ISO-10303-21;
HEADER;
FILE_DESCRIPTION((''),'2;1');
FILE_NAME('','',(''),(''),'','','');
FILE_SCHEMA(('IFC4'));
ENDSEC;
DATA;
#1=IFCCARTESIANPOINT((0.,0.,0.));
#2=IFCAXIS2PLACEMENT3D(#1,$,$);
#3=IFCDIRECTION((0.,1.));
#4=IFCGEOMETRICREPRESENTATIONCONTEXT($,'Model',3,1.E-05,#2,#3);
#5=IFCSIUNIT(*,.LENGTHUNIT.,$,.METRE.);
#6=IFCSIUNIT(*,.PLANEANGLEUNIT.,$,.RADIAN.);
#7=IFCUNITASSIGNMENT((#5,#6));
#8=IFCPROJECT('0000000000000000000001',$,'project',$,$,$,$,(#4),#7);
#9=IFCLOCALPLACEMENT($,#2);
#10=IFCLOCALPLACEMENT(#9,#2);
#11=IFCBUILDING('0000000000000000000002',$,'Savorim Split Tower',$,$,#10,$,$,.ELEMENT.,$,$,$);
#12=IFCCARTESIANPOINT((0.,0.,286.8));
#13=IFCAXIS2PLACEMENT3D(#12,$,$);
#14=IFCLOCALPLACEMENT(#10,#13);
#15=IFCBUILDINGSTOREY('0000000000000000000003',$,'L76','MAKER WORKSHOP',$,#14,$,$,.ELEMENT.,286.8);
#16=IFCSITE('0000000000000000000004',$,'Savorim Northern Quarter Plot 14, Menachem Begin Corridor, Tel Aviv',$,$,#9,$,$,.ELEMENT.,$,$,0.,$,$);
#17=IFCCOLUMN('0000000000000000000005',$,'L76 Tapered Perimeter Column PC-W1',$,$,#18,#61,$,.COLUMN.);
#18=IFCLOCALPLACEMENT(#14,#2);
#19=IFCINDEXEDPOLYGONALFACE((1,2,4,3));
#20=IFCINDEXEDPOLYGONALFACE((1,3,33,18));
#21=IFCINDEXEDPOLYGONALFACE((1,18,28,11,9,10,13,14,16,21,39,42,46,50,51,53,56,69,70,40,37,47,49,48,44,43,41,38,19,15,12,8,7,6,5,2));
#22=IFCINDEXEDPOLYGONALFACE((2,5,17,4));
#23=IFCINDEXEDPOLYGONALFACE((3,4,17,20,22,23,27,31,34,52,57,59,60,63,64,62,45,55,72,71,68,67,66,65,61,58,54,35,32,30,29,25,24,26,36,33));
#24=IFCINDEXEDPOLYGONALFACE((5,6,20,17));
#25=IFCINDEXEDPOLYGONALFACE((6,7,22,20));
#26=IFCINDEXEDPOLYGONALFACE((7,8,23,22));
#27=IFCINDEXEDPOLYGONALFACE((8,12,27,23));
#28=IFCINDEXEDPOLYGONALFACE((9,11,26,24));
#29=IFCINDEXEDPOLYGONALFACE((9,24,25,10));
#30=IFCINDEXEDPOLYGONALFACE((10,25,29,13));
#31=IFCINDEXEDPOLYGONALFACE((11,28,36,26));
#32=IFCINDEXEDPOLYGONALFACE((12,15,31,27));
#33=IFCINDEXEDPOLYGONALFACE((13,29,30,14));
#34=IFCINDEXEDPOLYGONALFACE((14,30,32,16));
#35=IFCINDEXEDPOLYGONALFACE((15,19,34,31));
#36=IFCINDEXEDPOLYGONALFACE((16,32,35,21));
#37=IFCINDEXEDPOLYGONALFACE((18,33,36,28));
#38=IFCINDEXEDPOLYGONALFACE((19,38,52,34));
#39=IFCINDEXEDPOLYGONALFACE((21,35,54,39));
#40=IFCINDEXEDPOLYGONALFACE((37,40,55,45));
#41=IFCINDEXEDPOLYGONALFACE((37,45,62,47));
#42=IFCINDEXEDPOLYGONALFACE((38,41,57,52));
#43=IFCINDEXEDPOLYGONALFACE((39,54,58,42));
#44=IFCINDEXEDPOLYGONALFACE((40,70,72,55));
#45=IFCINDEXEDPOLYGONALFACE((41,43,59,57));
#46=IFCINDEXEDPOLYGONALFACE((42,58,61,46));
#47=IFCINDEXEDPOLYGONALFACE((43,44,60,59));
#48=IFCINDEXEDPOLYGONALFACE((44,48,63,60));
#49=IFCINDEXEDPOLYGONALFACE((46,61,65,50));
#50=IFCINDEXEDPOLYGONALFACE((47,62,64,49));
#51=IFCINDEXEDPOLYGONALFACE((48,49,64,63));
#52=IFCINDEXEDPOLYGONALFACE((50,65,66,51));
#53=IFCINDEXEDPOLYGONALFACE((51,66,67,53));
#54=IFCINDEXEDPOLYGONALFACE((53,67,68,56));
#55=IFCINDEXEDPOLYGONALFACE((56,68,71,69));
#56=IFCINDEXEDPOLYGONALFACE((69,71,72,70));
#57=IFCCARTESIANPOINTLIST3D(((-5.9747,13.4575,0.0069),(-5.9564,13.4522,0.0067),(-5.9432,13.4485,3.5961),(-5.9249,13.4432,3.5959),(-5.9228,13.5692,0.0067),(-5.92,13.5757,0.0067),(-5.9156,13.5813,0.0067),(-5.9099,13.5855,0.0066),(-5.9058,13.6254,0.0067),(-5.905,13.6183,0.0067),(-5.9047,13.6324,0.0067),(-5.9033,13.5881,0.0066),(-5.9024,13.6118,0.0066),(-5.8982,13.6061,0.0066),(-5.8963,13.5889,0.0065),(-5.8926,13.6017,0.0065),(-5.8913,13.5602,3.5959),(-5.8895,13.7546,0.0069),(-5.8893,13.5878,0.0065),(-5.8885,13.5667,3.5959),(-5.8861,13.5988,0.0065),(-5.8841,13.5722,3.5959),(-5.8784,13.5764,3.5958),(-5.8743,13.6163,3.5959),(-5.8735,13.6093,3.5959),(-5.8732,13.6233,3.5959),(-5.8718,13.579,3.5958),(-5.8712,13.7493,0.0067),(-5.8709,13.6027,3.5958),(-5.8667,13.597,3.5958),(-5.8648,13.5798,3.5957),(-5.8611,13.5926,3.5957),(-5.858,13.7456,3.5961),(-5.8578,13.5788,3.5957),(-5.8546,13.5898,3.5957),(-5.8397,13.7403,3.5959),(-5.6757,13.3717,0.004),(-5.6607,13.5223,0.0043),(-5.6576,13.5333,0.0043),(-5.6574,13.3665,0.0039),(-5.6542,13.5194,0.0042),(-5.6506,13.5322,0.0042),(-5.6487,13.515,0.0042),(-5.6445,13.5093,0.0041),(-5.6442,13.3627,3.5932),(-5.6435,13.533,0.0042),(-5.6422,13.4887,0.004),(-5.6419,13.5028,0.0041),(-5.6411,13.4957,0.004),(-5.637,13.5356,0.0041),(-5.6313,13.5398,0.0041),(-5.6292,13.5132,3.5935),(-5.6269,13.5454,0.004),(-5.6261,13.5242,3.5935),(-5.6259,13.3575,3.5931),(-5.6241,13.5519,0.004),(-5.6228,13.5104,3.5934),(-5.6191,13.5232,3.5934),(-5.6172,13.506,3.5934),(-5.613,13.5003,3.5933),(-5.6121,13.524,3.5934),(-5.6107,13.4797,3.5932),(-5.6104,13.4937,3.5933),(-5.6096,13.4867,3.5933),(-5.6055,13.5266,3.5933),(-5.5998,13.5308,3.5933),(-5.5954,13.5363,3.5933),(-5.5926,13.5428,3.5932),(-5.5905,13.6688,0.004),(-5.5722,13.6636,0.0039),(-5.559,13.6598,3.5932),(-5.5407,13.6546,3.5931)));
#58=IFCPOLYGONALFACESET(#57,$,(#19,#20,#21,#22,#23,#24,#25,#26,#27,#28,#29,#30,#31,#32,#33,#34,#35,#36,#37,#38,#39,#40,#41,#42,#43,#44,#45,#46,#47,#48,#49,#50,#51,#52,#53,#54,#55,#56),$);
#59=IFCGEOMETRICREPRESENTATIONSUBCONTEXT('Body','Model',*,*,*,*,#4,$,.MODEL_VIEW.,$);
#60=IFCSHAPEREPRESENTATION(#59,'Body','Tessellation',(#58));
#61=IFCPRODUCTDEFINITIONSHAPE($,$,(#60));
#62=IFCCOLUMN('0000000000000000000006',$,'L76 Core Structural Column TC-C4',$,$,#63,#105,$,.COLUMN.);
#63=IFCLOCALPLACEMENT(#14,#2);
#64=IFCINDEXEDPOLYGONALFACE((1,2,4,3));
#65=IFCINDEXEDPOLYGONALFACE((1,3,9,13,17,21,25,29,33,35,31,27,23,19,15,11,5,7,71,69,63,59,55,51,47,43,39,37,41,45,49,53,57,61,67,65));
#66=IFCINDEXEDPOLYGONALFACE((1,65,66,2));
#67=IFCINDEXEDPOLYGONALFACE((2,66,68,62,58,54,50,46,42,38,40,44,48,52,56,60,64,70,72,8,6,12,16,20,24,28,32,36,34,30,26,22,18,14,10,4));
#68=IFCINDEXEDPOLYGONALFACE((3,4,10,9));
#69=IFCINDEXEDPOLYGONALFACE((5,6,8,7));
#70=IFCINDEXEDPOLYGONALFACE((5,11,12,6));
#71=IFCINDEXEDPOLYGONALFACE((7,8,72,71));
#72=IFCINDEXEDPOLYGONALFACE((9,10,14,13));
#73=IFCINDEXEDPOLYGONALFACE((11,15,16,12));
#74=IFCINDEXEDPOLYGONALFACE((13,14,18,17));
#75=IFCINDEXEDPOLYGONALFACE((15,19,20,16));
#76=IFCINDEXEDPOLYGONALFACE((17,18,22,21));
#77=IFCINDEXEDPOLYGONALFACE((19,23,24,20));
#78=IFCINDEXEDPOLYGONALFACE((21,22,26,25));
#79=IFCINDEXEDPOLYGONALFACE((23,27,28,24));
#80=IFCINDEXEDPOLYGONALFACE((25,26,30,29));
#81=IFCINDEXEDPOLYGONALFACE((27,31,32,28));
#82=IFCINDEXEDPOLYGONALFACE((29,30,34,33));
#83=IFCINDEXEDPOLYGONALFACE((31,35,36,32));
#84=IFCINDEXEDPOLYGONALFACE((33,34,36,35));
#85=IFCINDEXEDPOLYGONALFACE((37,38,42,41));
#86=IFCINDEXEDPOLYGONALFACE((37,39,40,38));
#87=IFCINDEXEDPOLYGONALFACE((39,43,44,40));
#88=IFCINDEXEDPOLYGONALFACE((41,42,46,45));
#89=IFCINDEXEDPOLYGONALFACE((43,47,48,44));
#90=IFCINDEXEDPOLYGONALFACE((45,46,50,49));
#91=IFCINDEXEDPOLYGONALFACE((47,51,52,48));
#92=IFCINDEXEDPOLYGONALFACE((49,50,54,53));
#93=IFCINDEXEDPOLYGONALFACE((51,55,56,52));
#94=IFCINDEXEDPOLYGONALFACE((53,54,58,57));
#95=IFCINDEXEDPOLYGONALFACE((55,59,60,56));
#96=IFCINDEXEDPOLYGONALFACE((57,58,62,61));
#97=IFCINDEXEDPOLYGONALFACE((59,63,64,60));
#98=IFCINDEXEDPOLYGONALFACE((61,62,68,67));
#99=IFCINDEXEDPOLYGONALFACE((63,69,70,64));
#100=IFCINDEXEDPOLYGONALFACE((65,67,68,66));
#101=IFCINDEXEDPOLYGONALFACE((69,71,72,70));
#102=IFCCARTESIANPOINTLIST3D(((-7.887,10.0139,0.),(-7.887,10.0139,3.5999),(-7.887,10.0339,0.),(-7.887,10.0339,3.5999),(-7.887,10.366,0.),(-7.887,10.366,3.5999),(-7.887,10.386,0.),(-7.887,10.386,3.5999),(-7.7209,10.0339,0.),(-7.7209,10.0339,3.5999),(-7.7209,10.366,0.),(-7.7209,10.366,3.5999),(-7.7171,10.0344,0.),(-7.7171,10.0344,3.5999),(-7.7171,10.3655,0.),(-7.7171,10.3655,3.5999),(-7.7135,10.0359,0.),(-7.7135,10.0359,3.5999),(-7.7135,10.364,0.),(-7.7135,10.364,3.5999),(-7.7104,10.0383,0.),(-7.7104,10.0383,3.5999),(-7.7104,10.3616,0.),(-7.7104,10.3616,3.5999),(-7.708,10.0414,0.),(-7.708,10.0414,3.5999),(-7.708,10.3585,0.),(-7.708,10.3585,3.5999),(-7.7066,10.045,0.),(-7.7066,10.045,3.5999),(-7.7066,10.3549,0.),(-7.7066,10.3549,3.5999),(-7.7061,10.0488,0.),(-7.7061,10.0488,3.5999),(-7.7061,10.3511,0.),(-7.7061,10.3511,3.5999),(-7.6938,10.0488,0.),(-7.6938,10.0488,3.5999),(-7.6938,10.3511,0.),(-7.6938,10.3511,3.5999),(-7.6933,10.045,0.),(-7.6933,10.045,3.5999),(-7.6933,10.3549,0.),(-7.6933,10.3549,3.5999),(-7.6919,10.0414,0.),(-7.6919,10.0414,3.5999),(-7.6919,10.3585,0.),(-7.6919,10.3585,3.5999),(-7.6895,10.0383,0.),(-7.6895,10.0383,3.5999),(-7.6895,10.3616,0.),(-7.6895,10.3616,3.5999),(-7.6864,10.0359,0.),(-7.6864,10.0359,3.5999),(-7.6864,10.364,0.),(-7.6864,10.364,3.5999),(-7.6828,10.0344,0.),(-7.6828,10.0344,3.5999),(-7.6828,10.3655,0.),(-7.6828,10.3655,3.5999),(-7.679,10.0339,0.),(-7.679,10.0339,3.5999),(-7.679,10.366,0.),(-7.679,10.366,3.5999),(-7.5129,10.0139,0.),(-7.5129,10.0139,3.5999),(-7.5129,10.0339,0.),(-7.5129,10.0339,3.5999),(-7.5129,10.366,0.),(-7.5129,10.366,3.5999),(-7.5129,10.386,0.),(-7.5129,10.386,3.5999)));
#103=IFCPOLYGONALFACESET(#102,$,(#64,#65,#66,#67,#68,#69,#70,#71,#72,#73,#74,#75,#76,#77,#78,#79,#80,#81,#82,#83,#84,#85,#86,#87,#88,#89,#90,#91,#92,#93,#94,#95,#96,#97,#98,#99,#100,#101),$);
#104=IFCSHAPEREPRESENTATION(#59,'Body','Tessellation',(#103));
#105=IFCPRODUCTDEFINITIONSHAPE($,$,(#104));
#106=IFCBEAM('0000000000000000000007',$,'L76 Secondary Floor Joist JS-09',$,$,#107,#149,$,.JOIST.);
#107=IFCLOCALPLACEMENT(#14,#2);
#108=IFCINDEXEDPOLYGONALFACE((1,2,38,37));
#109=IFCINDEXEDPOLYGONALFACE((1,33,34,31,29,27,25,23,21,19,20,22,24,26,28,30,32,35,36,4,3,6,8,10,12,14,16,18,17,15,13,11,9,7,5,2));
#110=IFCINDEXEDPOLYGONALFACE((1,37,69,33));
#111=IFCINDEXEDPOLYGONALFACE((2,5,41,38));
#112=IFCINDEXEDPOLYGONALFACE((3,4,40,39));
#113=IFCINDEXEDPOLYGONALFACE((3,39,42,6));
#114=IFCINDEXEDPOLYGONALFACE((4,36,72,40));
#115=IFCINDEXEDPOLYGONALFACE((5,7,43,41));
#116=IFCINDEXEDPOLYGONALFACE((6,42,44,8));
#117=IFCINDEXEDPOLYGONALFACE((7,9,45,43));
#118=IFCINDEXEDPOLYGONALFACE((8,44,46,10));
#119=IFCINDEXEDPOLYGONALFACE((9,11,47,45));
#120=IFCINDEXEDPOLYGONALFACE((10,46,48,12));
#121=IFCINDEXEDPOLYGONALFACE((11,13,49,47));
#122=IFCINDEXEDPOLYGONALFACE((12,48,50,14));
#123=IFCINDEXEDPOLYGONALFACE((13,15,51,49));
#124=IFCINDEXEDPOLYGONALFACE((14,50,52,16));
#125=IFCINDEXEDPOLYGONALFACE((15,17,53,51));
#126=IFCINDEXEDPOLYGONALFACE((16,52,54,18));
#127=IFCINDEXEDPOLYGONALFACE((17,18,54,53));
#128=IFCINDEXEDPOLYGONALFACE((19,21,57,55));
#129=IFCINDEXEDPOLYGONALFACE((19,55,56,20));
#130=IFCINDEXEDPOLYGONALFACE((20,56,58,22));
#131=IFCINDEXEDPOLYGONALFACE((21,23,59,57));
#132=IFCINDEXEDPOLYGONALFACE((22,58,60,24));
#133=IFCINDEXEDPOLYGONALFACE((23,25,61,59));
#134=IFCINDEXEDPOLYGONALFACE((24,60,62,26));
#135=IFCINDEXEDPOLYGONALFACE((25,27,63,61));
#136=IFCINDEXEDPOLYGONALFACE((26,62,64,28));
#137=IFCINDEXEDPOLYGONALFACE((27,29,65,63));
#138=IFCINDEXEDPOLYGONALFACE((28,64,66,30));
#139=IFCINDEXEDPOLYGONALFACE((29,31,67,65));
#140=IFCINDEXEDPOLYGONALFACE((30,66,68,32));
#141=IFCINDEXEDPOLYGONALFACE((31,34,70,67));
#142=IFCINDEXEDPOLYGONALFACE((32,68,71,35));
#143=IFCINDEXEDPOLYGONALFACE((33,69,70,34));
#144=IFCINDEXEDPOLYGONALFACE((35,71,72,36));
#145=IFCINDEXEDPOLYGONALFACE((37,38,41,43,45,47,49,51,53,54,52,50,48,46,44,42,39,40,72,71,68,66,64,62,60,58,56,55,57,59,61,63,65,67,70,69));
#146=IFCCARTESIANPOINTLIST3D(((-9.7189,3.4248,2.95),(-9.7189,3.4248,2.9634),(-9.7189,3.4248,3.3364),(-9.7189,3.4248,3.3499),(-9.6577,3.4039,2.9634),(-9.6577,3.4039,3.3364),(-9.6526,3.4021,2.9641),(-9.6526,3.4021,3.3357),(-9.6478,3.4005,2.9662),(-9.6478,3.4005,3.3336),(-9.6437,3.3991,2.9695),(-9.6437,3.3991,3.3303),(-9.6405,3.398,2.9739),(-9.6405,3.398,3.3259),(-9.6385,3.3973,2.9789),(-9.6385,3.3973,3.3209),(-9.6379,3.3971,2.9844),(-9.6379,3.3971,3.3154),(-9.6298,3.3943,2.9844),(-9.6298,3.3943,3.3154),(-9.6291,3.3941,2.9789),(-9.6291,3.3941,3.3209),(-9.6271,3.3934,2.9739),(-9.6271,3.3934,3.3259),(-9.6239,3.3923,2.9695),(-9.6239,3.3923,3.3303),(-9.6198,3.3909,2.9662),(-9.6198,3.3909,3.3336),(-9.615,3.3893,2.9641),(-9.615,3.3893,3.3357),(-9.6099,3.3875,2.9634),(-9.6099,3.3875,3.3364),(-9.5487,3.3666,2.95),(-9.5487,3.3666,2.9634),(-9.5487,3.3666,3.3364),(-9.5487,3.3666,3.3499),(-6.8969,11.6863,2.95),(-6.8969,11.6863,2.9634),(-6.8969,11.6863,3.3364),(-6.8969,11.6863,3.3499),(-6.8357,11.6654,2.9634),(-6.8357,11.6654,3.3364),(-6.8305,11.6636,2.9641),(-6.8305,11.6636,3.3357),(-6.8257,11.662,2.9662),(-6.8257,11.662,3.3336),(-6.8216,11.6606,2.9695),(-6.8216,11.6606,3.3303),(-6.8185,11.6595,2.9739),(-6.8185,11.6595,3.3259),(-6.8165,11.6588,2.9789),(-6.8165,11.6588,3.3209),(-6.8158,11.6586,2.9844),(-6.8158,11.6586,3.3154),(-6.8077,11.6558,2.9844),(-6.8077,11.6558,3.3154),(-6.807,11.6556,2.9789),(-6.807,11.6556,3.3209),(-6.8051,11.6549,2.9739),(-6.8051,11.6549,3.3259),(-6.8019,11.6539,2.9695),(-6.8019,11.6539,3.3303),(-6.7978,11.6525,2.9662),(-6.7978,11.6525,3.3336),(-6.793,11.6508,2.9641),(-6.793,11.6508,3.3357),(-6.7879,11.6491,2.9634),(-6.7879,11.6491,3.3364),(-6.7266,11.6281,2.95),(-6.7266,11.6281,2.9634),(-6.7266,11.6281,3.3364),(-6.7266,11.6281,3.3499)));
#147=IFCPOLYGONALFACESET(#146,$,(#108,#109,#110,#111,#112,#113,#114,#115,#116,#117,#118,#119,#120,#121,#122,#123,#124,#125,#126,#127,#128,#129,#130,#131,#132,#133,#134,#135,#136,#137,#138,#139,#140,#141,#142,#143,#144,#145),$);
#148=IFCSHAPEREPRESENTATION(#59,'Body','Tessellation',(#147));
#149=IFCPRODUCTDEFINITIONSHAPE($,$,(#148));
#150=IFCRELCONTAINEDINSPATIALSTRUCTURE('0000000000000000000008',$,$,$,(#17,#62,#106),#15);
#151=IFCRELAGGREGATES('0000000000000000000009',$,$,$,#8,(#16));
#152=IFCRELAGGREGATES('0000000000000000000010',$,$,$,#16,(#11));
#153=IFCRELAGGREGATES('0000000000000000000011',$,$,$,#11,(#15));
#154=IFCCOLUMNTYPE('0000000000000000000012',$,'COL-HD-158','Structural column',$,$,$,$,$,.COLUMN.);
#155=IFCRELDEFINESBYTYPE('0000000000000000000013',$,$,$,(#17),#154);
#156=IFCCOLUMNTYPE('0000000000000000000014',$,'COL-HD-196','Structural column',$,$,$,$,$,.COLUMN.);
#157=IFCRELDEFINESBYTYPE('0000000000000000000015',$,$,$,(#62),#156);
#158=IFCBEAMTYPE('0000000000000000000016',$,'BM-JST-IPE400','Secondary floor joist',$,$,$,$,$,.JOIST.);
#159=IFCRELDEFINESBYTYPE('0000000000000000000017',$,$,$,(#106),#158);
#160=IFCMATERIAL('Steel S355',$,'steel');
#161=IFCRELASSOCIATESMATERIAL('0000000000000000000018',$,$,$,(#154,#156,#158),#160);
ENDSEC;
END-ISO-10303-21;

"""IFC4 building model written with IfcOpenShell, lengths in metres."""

from ifc_helpers import new_model, si_unit, direction, frame, origin, origin_2d, place, context, subcontext, project, spatial, i_section, extrude, material, material_profile, profile_set, type_object, element, save


model = new_model("IFC4")

# Units and contexts
model_context = context("Model", 3, precision=1e-05, world=origin(), true_north=direction((0.0, 1.0)))
body_context = subcontext(model_context, "Body", "Model", "MODEL_VIEW")
ifc_project = project(units=[si_unit("LENGTHUNIT", "METRE"), si_unit("PLANEANGLEUNIT", "RADIAN")], contexts=[model_context])

# Site, building, storey
site_placement = place(None, origin())
site = spatial("IfcSite", under=ifc_project, at=site_placement, Name="Savorim Northern Quarter Plot 14, Menachem Begin Corridor, Tel Aviv", CompositionType="ELEMENT", RefElevation=0.0)
building_placement = place(site_placement, origin())
building = spatial("IfcBuilding", under=site, at=building_placement, Name="Savorim Split Tower", CompositionType="ELEMENT")
storey_placement = place(building_placement, frame((0.0, 0.0, 286.8)))
storey = spatial("IfcBuildingStorey", under=building, at=storey_placement, Name="L76", Description="MAKER WORKSHOP", CompositionType="ELEMENT", Elevation=286.8)

# Columns
ifc_material_1 = material(Name="Steel S355", Category="steel")
ifc_material_profile_1 = material_profile(ifc_material_1, i_section(OverallWidth=0.3091, OverallDepth=0.3301, WebThickness=0.0115, FlangeThickness=0.019, FilletRadius=0.0271, at=origin_2d()), Name="HD 320x158")
ifc_profile_set_1 = profile_set([ifc_material_profile_1], Name="Steel S355")
column_type_1 = type_object("IfcColumnType", Name="COL-HD-158", Description="Structural column", PredefinedType="COLUMN", material=ifc_profile_set_1)
column_1_placement = place(storey_placement, frame((-5.7734, 13.5605, 0.0054), z_axis=(0.008775, -0.002517, 0.999958), x_axis=(0.275705, 0.961242, 0.0)))
element("IfcColumn", 1, at=column_1_placement, inside=storey, type_object=column_type_1, Name="L76 Tapered Perimeter Column PC-W1", PredefinedType="COLUMN", context=body_context, shape_type="SweptSolid", body=[
    extrude(i_section(OverallWidth=0.3091, OverallDepth=0.3301, WebThickness=0.0115, FlangeThickness=0.019, FilletRadius=0.0271, at=origin_2d()), origin(), (0.0, 0.0, 1.0), 3.5894),
])
ifc_material_profile_2 = material_profile(ifc_material_1, i_section(OverallWidth=0.374, OverallDepth=0.3721, WebThickness=0.0122, FlangeThickness=0.02, FilletRadius=0.0149, at=origin_2d()), Name="HD 360x196")
ifc_profile_set_2 = profile_set([ifc_material_profile_2], Name="Steel S355")
column_type_2 = type_object("IfcColumnType", Name="COL-HD-196", Description="Structural column", PredefinedType="COLUMN", material=ifc_profile_set_2)
column_2_placement = place(storey_placement, frame((-7.7, 10.2, 0.0), z_axis=(0.0, 0.0, 1.0), x_axis=(1.0, 0.0, 0.0)))
element("IfcColumn", 2, at=column_2_placement, inside=storey, type_object=column_type_2, Name="L76 Core Structural Column TC-C4", PredefinedType="COLUMN", context=body_context, shape_type="SweptSolid", body=[
    extrude(i_section(OverallWidth=0.374, OverallDepth=0.3721, WebThickness=0.0122, FlangeThickness=0.02, FilletRadius=0.0149, at=origin_2d()), origin(), (0.0, 0.0, 1.0), 3.5999),
])

# Beam
ifc_material_profile_3 = material_profile(ifc_material_1, i_section(OverallWidth=0.1799, OverallDepth=0.3999, WebThickness=0.0085, FlangeThickness=0.0134, FilletRadius=0.021, at=origin_2d()), Name="IPE 400")
ifc_profile_set_3 = profile_set([ifc_material_profile_3], Name="Steel S355")
beam_type_1 = type_object("IfcBeamType", Name="BM-JST-IPE400", Description="Secondary floor joist", PredefinedType="JOIST", material=ifc_profile_set_3)
beam_1_placement = place(storey_placement, frame((-6.8118, 11.6572, 3.1499), z_axis=(-0.32325, -0.946314, 0.0), x_axis=(0.946314, -0.32325, 0.0)))
element("IfcBeam", 3, at=beam_1_placement, inside=storey, type_object=beam_type_1, Name="L76 Secondary Floor Joist JS-09", PredefinedType="JOIST", context=body_context, shape_type="SweptSolid", body=[
    extrude(i_section(OverallWidth=0.1799, OverallDepth=0.3999, WebThickness=0.0085, FlangeThickness=0.0134, FilletRadius=0.021, at=origin_2d()), origin(), (0.0, 0.0, 1.0), 8.7302),
])

save(model, "model.ifc")
